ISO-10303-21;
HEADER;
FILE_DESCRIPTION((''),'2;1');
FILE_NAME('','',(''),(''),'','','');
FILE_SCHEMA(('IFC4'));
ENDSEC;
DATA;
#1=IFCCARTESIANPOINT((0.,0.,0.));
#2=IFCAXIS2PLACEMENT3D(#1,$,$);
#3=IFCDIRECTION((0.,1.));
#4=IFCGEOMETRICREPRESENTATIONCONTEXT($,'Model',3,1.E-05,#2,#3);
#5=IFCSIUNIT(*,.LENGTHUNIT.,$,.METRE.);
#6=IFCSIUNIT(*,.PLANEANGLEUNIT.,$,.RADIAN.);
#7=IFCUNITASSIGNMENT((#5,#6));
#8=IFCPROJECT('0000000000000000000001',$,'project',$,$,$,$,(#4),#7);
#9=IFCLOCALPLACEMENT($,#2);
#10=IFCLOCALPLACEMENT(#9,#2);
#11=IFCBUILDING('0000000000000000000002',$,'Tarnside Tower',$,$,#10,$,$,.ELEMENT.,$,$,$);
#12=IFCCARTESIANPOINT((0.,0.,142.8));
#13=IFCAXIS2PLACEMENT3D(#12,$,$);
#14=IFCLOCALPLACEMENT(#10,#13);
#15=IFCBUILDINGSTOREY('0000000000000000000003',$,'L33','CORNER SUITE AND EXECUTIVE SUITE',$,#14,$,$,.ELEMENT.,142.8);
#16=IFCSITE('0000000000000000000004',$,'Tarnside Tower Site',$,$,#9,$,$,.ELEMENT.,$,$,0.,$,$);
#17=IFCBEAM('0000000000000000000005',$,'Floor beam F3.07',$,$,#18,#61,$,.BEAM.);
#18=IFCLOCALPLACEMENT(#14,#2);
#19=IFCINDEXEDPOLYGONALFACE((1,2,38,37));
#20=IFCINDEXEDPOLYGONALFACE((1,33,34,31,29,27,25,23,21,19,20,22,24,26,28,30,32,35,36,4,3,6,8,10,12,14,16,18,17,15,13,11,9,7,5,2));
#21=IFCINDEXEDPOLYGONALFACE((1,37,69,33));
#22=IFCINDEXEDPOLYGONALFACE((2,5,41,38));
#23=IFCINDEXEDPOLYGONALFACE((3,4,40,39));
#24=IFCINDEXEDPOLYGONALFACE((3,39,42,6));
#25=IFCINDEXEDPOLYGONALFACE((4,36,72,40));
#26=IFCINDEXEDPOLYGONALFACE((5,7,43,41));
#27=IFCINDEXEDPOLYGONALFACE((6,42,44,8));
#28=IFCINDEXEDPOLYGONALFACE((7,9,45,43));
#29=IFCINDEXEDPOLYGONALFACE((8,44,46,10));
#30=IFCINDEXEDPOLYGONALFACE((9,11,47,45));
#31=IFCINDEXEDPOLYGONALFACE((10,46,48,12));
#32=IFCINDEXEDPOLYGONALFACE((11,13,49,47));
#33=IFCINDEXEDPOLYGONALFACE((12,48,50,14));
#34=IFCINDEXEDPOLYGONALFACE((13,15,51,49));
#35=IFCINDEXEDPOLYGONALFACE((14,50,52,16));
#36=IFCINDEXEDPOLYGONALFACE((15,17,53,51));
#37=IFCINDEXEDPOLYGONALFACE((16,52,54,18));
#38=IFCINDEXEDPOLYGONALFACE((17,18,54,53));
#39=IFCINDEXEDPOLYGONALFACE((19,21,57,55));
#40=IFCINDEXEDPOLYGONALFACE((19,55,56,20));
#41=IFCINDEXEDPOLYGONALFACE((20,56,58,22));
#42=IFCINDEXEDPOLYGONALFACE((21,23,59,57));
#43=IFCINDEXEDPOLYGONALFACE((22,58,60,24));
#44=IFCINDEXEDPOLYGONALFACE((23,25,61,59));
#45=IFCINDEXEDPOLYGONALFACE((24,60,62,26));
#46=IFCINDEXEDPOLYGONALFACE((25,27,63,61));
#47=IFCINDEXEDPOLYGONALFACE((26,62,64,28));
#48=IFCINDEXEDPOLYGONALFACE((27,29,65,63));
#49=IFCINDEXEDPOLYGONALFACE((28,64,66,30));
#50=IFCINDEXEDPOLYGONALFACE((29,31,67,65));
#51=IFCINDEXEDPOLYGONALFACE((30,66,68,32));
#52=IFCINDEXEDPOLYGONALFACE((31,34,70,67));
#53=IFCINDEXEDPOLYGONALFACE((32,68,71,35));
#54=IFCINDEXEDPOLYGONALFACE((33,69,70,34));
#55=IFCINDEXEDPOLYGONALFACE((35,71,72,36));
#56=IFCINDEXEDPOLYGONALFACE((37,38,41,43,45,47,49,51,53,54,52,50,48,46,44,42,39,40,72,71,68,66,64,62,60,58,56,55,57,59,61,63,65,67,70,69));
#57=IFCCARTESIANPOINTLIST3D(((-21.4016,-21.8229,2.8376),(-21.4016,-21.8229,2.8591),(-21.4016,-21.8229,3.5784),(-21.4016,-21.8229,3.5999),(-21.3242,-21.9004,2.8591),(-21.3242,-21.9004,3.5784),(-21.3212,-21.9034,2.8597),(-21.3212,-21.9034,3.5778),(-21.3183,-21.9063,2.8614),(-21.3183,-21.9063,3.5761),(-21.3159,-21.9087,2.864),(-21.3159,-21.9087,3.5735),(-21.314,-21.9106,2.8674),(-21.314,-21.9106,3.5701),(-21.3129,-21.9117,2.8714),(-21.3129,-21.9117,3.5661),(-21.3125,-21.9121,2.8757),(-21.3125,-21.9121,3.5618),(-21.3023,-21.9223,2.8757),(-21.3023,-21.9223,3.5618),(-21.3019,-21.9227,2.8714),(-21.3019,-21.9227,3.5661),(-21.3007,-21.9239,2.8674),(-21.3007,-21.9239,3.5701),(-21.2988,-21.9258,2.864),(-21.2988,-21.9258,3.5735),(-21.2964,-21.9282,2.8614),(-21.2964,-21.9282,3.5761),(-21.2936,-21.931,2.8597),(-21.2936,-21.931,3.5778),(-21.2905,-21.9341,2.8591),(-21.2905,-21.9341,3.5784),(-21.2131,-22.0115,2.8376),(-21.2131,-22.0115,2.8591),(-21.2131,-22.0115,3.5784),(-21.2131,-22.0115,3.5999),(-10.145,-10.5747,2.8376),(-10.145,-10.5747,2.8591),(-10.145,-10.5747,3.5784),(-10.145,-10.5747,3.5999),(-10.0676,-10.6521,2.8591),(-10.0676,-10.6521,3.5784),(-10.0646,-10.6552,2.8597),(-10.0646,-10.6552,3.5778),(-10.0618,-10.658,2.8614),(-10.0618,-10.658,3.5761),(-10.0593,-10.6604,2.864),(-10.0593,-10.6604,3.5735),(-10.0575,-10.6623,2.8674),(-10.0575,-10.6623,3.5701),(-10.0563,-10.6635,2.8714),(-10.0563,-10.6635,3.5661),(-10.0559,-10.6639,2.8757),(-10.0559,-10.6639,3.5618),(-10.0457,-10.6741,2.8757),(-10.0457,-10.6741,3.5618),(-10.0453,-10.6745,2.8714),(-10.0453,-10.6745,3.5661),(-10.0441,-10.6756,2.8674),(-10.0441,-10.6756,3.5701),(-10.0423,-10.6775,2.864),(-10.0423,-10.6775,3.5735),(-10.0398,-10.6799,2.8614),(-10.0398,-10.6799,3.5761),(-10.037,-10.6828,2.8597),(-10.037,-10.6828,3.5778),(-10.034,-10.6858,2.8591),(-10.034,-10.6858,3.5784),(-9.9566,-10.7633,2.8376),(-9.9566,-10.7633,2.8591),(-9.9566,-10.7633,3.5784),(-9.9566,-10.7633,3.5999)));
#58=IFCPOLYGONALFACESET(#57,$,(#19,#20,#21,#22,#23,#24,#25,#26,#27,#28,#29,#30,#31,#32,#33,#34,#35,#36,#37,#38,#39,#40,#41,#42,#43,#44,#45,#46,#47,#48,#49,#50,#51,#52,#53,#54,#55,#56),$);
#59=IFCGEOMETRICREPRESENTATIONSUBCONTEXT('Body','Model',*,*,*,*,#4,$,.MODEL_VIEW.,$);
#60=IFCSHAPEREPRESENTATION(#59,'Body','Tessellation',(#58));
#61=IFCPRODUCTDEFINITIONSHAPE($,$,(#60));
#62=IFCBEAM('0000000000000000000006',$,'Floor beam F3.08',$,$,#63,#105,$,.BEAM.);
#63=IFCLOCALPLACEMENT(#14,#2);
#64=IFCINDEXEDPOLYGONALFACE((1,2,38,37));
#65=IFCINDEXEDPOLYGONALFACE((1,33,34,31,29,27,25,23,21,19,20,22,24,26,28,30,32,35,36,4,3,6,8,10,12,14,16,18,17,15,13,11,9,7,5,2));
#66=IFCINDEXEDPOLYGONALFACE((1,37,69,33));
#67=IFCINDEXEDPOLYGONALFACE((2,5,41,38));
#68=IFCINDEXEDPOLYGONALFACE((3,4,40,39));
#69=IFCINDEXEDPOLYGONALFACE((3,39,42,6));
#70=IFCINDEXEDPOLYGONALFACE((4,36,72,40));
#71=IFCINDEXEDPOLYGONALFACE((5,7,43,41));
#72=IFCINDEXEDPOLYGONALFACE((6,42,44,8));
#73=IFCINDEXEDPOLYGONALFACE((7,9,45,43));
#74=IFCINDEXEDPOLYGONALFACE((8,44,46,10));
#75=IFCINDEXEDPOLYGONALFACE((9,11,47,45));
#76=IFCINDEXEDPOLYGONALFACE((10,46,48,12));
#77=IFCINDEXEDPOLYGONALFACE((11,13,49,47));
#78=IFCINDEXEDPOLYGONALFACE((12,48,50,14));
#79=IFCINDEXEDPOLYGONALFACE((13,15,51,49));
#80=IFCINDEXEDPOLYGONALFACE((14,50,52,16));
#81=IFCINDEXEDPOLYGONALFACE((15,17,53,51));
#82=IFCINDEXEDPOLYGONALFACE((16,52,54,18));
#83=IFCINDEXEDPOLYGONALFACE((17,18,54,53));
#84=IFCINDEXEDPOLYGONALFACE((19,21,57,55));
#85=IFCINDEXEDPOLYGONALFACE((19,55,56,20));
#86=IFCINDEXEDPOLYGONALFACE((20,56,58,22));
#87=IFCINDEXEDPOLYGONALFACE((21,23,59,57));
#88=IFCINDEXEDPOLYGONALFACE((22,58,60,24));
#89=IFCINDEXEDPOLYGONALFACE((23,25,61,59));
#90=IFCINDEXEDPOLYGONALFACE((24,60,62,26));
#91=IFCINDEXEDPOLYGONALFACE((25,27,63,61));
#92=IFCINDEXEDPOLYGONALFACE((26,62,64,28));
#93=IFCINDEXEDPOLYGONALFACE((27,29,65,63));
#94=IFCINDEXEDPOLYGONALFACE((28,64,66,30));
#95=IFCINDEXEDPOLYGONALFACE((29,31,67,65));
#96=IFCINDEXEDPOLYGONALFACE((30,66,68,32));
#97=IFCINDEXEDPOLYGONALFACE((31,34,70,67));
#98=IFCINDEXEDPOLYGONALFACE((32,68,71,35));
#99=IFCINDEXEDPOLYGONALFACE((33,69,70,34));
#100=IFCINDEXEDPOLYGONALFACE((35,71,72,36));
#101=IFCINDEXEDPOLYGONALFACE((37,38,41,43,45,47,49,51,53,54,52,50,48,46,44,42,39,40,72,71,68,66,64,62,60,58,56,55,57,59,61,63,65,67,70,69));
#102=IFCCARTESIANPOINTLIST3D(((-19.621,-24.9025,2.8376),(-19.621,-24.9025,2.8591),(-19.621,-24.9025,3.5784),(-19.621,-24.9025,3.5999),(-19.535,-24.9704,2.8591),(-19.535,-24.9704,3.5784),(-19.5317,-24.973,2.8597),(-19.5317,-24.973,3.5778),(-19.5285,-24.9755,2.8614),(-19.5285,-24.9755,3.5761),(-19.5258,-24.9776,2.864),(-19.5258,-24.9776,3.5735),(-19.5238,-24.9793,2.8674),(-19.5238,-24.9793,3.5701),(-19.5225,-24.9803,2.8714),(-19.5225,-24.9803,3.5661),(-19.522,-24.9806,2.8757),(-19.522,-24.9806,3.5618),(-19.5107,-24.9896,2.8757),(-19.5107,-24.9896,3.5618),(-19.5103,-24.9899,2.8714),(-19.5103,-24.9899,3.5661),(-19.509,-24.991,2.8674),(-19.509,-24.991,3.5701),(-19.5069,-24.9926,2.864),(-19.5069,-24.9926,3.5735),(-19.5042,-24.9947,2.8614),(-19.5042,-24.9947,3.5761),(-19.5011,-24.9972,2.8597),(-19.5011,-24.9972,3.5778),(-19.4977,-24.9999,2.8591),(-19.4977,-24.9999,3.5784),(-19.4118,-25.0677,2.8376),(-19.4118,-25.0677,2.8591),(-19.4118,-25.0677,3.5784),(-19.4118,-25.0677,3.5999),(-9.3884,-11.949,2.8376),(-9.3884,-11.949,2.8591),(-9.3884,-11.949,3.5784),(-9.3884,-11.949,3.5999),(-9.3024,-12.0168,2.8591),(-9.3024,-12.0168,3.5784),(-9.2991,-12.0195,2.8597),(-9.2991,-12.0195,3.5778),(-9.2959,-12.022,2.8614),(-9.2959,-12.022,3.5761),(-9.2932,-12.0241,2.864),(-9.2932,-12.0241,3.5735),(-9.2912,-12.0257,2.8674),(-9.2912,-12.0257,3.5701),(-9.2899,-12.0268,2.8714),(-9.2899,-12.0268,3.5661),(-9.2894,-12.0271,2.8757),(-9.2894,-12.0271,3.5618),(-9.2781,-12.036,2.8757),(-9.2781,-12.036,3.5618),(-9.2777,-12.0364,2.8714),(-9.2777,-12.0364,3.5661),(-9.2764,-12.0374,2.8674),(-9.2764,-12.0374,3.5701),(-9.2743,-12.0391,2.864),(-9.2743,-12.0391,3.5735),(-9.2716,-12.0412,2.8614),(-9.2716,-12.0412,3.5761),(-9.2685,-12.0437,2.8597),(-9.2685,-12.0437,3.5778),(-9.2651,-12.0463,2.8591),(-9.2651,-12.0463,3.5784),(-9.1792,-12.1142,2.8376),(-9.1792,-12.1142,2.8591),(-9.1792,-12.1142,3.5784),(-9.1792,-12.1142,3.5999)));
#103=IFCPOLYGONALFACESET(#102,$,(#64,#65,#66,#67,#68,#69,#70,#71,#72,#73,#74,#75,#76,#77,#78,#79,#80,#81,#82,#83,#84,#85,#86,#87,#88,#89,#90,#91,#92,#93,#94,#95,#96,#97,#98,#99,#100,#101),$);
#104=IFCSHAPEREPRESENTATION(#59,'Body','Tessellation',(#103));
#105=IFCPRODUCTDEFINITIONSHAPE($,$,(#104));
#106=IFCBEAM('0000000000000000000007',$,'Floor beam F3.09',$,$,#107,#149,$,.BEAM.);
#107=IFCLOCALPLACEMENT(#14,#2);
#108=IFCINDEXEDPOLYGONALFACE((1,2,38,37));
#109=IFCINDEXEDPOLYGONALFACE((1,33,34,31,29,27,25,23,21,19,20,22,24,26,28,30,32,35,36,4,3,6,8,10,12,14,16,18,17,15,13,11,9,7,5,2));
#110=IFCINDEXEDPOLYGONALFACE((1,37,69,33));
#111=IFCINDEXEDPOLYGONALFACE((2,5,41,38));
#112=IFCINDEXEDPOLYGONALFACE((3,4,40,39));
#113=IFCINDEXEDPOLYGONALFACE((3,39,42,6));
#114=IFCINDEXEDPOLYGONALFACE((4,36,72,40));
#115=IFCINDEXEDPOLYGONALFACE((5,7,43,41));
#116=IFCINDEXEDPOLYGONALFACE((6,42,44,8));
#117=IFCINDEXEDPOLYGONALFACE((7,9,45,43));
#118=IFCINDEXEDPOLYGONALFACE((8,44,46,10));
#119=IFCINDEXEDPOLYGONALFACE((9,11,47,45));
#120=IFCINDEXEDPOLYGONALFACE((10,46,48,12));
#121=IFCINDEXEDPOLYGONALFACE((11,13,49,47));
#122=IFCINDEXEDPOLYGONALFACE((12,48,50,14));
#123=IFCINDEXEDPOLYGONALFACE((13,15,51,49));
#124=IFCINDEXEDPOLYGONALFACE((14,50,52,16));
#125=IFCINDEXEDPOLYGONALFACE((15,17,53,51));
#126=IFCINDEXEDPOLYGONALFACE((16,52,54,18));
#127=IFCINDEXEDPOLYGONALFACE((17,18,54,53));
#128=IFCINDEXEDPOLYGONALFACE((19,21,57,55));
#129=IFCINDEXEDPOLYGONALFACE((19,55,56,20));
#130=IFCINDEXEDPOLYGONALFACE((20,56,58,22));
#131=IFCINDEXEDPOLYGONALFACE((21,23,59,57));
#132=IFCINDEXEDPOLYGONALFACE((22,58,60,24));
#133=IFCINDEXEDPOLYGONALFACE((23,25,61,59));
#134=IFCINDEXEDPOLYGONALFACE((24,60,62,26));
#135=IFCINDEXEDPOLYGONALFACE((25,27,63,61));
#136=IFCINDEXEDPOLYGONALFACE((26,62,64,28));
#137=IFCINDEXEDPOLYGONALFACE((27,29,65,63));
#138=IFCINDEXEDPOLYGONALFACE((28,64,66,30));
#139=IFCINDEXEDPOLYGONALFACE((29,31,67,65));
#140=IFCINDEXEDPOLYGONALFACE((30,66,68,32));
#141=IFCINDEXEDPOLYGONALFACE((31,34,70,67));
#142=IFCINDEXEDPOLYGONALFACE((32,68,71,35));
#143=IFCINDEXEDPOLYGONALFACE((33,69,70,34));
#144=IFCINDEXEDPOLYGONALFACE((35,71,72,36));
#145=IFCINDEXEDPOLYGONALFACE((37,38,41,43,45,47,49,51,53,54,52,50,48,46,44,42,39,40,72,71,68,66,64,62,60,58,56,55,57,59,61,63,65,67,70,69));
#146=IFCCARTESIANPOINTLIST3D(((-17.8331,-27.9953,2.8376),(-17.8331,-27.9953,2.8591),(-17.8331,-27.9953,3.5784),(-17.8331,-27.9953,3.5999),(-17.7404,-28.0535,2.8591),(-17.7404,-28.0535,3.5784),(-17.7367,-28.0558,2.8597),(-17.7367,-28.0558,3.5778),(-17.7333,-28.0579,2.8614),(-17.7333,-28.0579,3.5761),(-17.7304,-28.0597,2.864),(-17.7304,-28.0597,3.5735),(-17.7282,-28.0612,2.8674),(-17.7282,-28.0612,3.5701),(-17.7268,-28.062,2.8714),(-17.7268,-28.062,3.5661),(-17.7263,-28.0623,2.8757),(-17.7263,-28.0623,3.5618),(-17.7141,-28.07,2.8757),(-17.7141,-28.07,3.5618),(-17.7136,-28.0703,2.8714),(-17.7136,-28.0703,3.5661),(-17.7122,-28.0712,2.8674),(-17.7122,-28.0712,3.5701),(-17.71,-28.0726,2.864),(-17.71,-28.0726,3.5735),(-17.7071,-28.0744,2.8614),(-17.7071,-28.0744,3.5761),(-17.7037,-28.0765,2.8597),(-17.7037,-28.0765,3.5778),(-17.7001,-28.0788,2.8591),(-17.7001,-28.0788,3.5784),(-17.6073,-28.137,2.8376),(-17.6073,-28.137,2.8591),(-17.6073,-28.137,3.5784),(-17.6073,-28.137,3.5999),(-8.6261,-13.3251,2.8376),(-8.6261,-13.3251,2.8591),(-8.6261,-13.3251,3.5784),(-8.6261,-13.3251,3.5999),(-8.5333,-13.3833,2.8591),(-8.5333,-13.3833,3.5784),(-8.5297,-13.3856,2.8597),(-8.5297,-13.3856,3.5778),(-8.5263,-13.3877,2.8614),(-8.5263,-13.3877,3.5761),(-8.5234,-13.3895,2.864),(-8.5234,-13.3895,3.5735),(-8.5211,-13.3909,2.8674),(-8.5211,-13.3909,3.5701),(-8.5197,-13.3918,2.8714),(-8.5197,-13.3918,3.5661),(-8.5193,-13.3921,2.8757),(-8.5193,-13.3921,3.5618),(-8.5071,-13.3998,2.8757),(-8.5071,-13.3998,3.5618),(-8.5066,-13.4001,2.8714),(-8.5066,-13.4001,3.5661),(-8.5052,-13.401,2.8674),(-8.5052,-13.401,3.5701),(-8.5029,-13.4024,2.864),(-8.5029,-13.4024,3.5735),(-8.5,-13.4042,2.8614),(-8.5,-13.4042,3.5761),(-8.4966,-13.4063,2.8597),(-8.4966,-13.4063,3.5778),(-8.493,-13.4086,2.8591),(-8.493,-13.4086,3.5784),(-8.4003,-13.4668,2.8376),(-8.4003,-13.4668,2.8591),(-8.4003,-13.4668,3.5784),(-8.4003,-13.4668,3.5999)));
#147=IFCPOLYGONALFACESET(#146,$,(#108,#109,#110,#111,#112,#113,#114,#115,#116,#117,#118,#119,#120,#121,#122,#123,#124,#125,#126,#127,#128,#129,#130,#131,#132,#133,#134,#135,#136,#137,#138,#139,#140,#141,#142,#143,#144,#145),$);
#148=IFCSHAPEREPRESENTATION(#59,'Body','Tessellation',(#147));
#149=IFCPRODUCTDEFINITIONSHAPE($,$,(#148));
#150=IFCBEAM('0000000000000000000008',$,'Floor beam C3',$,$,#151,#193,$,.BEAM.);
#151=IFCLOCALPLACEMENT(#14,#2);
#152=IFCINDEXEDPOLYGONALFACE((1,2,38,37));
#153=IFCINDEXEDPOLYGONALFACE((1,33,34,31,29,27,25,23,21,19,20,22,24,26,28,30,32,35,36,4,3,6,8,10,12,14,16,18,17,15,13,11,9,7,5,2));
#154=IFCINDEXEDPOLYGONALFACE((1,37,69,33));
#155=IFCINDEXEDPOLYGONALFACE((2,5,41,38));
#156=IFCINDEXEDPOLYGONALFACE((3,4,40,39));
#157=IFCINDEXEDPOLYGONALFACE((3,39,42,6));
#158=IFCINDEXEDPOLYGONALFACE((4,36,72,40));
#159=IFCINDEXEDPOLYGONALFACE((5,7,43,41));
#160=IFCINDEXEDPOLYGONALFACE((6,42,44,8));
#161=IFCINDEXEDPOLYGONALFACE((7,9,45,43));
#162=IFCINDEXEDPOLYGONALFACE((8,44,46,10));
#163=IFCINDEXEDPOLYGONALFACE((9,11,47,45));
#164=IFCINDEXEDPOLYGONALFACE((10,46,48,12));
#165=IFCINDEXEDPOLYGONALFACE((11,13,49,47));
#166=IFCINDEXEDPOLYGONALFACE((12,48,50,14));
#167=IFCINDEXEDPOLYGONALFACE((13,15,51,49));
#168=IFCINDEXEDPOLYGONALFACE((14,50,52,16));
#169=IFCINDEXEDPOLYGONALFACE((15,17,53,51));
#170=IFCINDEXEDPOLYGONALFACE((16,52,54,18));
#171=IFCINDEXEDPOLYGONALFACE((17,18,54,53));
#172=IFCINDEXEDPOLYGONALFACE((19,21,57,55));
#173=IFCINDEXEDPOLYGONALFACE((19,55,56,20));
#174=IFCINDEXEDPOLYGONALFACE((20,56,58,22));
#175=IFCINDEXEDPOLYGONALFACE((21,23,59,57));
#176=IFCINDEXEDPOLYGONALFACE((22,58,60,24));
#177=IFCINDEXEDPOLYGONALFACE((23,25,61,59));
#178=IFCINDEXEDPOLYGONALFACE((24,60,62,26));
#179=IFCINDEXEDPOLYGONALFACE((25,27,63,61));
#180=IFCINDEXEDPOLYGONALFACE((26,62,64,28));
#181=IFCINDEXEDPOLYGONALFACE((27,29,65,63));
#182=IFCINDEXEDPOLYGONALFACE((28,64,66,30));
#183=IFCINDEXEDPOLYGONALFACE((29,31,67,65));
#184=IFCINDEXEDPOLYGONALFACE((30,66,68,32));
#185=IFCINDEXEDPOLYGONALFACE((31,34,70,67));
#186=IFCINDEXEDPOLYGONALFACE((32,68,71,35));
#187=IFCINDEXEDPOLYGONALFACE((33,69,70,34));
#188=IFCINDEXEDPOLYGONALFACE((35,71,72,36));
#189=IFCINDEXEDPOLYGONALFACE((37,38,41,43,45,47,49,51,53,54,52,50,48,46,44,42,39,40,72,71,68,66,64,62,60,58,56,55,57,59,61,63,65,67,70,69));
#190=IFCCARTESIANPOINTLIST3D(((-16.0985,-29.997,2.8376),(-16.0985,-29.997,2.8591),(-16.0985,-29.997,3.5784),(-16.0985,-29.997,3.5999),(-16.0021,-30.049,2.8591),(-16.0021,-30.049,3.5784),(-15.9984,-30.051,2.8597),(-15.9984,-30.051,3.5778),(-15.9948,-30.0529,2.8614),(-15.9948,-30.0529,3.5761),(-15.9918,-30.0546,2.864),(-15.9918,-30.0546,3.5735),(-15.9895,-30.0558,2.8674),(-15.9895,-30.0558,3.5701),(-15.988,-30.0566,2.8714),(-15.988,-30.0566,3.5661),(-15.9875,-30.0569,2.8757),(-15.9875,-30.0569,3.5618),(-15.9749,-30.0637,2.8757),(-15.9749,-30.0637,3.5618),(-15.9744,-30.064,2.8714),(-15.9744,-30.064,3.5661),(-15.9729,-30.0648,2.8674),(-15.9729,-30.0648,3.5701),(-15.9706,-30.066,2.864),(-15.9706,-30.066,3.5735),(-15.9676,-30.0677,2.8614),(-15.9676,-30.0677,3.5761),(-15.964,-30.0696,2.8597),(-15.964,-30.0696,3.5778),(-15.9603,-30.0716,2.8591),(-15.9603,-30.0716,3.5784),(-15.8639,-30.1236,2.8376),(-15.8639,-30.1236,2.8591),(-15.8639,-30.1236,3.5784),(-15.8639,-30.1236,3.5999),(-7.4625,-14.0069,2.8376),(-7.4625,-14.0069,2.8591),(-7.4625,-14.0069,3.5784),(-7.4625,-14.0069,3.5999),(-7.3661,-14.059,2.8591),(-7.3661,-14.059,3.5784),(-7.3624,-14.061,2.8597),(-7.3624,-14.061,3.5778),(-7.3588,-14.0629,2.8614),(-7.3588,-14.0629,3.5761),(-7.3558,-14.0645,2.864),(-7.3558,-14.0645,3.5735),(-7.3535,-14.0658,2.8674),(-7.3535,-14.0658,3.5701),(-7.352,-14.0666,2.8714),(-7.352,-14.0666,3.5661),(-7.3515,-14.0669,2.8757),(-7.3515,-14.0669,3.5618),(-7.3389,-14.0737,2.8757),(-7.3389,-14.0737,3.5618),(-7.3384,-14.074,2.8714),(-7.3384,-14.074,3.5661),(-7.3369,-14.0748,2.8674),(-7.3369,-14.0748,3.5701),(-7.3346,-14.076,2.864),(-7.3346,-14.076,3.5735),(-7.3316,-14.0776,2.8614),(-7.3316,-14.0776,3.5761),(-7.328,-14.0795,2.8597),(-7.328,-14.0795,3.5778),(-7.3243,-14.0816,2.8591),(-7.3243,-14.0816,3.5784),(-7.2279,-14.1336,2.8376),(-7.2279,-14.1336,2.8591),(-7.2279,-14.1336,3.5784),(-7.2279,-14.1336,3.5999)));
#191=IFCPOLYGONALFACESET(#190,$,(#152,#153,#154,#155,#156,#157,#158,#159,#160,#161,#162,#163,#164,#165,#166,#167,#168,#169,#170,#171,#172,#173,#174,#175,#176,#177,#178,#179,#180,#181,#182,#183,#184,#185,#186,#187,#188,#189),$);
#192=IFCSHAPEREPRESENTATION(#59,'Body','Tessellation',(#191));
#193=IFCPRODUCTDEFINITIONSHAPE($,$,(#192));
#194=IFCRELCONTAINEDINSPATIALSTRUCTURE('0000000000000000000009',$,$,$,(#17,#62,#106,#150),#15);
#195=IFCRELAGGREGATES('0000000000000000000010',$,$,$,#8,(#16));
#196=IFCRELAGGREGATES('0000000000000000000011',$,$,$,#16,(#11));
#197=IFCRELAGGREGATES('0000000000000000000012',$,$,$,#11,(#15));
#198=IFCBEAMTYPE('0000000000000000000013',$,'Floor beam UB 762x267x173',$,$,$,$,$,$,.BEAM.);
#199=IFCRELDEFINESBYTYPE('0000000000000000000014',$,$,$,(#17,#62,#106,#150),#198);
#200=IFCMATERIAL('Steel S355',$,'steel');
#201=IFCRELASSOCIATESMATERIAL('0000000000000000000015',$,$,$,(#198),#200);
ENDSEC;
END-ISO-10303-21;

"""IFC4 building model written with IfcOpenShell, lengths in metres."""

from ifc_helpers import new_model, si_unit, direction, frame, origin, origin_2d, place, context, subcontext, project, spatial, i_section, extrude, material, material_profile, profile_set, type_object, element, save


model = new_model("IFC4")

# Units and contexts
model_context = context("Model", 3, precision=1e-05, world=origin(), true_north=direction((0.0, 1.0)))
body_context = subcontext(model_context, "Body", "Model", "MODEL_VIEW")
ifc_project = project(units=[si_unit("LENGTHUNIT", "METRE"), si_unit("PLANEANGLEUNIT", "RADIAN")], contexts=[model_context])

# Site, building, storey
site_placement = place(None, origin())
site = spatial("IfcSite", under=ifc_project, at=site_placement, Name="Tarnside Tower Site", CompositionType="ELEMENT", RefElevation=0.0)
building_placement = place(site_placement, origin())
building = spatial("IfcBuilding", under=site, at=building_placement, Name="Tarnside Tower", CompositionType="ELEMENT")
storey_placement = place(building_placement, frame((0.0, 0.0, 142.8)))
storey = spatial("IfcBuildingStorey", under=building, at=storey_placement, Name="L33", Description="CORNER SUITE AND EXECUTIVE SUITE", CompositionType="ELEMENT", Elevation=142.8)

# Beams
ifc_material_1 = material(Name="Steel S355", Category="steel")
ifc_material_profile_1 = material_profile(ifc_material_1, i_section(OverallWidth=0.2666, OverallDepth=0.7622, WebThickness=0.0144, FlangeThickness=0.0215, FilletRadius=0.0166, at=origin_2d()), Name="UB 762x267x173")
ifc_profile_set_1 = profile_set([ifc_material_profile_1], Name="Steel S355")
beam_type_1 = type_object("IfcBeamType", Name="Floor beam UB 762x267x173", PredefinedType="BEAM", material=ifc_profile_set_1)
beam_1_placement = place(storey_placement, frame((-21.3074, -21.9172, 3.2188), z_axis=(0.707368, 0.706846, 0.0), x_axis=(-0.706846, 0.707368, 0.0)))
element("IfcBeam", 1, at=beam_1_placement, inside=storey, type_object=beam_type_1, Name="Floor beam F3.07", PredefinedType="BEAM", context=body_context, shape_type="SweptSolid", body=[
    extrude(i_section(OverallWidth=0.2666, OverallDepth=0.7622, WebThickness=0.0144, FlangeThickness=0.0215, FilletRadius=0.0166, at=origin_2d()), origin(), (0.0, 0.0, 1.0), 15.9133),
])
beam_2_placement = place(storey_placement, frame((-19.5164, -24.9851, 3.2188), z_axis=(0.619873, 0.784702, 0.0), x_axis=(-0.784702, 0.619873, 0.0)))
element("IfcBeam", 2, at=beam_2_placement, inside=storey, type_object=beam_type_1, Name="Floor beam F3.08", PredefinedType="BEAM", context=body_context, shape_type="SweptSolid", body=[
    extrude(i_section(OverallWidth=0.2666, OverallDepth=0.7622, WebThickness=0.0144, FlangeThickness=0.0215, FilletRadius=0.0166, at=origin_2d()), origin(), (0.0, 0.0, 1.0), 16.5076),
])
beam_3_placement = place(storey_placement, frame((-17.7202, -28.0662, 3.2188), z_axis=(0.531583, 0.847006, 0.0), x_axis=(-0.847006, 0.531583, 0.0)))
element("IfcBeam", 3, at=beam_3_placement, inside=storey, type_object=beam_type_1, Name="Floor beam F3.09", PredefinedType="BEAM", context=body_context, shape_type="SweptSolid", body=[
    extrude(i_section(OverallWidth=0.2666, OverallDepth=0.7622, WebThickness=0.0144, FlangeThickness=0.0215, FilletRadius=0.0166, at=origin_2d()), origin(), (0.0, 0.0, 1.0), 17.3201),
])
beam_4_placement = place(storey_placement, frame((-15.9812, -30.0603, 3.2188), z_axis=(0.475208, 0.879873, 0.0), x_axis=(-0.879873, 0.475208, 0.0)))
element("IfcBeam", 4, at=beam_4_placement, inside=storey, type_object=beam_type_1, Name="Floor beam C3", PredefinedType="BEAM", context=body_context, shape_type="SweptSolid", body=[
    extrude(i_section(OverallWidth=0.2666, OverallDepth=0.7622, WebThickness=0.0144, FlangeThickness=0.0215, FilletRadius=0.0166, at=origin_2d()), origin(), (0.0, 0.0, 1.0), 18.1731),
])

save(model, "model.ifc")
